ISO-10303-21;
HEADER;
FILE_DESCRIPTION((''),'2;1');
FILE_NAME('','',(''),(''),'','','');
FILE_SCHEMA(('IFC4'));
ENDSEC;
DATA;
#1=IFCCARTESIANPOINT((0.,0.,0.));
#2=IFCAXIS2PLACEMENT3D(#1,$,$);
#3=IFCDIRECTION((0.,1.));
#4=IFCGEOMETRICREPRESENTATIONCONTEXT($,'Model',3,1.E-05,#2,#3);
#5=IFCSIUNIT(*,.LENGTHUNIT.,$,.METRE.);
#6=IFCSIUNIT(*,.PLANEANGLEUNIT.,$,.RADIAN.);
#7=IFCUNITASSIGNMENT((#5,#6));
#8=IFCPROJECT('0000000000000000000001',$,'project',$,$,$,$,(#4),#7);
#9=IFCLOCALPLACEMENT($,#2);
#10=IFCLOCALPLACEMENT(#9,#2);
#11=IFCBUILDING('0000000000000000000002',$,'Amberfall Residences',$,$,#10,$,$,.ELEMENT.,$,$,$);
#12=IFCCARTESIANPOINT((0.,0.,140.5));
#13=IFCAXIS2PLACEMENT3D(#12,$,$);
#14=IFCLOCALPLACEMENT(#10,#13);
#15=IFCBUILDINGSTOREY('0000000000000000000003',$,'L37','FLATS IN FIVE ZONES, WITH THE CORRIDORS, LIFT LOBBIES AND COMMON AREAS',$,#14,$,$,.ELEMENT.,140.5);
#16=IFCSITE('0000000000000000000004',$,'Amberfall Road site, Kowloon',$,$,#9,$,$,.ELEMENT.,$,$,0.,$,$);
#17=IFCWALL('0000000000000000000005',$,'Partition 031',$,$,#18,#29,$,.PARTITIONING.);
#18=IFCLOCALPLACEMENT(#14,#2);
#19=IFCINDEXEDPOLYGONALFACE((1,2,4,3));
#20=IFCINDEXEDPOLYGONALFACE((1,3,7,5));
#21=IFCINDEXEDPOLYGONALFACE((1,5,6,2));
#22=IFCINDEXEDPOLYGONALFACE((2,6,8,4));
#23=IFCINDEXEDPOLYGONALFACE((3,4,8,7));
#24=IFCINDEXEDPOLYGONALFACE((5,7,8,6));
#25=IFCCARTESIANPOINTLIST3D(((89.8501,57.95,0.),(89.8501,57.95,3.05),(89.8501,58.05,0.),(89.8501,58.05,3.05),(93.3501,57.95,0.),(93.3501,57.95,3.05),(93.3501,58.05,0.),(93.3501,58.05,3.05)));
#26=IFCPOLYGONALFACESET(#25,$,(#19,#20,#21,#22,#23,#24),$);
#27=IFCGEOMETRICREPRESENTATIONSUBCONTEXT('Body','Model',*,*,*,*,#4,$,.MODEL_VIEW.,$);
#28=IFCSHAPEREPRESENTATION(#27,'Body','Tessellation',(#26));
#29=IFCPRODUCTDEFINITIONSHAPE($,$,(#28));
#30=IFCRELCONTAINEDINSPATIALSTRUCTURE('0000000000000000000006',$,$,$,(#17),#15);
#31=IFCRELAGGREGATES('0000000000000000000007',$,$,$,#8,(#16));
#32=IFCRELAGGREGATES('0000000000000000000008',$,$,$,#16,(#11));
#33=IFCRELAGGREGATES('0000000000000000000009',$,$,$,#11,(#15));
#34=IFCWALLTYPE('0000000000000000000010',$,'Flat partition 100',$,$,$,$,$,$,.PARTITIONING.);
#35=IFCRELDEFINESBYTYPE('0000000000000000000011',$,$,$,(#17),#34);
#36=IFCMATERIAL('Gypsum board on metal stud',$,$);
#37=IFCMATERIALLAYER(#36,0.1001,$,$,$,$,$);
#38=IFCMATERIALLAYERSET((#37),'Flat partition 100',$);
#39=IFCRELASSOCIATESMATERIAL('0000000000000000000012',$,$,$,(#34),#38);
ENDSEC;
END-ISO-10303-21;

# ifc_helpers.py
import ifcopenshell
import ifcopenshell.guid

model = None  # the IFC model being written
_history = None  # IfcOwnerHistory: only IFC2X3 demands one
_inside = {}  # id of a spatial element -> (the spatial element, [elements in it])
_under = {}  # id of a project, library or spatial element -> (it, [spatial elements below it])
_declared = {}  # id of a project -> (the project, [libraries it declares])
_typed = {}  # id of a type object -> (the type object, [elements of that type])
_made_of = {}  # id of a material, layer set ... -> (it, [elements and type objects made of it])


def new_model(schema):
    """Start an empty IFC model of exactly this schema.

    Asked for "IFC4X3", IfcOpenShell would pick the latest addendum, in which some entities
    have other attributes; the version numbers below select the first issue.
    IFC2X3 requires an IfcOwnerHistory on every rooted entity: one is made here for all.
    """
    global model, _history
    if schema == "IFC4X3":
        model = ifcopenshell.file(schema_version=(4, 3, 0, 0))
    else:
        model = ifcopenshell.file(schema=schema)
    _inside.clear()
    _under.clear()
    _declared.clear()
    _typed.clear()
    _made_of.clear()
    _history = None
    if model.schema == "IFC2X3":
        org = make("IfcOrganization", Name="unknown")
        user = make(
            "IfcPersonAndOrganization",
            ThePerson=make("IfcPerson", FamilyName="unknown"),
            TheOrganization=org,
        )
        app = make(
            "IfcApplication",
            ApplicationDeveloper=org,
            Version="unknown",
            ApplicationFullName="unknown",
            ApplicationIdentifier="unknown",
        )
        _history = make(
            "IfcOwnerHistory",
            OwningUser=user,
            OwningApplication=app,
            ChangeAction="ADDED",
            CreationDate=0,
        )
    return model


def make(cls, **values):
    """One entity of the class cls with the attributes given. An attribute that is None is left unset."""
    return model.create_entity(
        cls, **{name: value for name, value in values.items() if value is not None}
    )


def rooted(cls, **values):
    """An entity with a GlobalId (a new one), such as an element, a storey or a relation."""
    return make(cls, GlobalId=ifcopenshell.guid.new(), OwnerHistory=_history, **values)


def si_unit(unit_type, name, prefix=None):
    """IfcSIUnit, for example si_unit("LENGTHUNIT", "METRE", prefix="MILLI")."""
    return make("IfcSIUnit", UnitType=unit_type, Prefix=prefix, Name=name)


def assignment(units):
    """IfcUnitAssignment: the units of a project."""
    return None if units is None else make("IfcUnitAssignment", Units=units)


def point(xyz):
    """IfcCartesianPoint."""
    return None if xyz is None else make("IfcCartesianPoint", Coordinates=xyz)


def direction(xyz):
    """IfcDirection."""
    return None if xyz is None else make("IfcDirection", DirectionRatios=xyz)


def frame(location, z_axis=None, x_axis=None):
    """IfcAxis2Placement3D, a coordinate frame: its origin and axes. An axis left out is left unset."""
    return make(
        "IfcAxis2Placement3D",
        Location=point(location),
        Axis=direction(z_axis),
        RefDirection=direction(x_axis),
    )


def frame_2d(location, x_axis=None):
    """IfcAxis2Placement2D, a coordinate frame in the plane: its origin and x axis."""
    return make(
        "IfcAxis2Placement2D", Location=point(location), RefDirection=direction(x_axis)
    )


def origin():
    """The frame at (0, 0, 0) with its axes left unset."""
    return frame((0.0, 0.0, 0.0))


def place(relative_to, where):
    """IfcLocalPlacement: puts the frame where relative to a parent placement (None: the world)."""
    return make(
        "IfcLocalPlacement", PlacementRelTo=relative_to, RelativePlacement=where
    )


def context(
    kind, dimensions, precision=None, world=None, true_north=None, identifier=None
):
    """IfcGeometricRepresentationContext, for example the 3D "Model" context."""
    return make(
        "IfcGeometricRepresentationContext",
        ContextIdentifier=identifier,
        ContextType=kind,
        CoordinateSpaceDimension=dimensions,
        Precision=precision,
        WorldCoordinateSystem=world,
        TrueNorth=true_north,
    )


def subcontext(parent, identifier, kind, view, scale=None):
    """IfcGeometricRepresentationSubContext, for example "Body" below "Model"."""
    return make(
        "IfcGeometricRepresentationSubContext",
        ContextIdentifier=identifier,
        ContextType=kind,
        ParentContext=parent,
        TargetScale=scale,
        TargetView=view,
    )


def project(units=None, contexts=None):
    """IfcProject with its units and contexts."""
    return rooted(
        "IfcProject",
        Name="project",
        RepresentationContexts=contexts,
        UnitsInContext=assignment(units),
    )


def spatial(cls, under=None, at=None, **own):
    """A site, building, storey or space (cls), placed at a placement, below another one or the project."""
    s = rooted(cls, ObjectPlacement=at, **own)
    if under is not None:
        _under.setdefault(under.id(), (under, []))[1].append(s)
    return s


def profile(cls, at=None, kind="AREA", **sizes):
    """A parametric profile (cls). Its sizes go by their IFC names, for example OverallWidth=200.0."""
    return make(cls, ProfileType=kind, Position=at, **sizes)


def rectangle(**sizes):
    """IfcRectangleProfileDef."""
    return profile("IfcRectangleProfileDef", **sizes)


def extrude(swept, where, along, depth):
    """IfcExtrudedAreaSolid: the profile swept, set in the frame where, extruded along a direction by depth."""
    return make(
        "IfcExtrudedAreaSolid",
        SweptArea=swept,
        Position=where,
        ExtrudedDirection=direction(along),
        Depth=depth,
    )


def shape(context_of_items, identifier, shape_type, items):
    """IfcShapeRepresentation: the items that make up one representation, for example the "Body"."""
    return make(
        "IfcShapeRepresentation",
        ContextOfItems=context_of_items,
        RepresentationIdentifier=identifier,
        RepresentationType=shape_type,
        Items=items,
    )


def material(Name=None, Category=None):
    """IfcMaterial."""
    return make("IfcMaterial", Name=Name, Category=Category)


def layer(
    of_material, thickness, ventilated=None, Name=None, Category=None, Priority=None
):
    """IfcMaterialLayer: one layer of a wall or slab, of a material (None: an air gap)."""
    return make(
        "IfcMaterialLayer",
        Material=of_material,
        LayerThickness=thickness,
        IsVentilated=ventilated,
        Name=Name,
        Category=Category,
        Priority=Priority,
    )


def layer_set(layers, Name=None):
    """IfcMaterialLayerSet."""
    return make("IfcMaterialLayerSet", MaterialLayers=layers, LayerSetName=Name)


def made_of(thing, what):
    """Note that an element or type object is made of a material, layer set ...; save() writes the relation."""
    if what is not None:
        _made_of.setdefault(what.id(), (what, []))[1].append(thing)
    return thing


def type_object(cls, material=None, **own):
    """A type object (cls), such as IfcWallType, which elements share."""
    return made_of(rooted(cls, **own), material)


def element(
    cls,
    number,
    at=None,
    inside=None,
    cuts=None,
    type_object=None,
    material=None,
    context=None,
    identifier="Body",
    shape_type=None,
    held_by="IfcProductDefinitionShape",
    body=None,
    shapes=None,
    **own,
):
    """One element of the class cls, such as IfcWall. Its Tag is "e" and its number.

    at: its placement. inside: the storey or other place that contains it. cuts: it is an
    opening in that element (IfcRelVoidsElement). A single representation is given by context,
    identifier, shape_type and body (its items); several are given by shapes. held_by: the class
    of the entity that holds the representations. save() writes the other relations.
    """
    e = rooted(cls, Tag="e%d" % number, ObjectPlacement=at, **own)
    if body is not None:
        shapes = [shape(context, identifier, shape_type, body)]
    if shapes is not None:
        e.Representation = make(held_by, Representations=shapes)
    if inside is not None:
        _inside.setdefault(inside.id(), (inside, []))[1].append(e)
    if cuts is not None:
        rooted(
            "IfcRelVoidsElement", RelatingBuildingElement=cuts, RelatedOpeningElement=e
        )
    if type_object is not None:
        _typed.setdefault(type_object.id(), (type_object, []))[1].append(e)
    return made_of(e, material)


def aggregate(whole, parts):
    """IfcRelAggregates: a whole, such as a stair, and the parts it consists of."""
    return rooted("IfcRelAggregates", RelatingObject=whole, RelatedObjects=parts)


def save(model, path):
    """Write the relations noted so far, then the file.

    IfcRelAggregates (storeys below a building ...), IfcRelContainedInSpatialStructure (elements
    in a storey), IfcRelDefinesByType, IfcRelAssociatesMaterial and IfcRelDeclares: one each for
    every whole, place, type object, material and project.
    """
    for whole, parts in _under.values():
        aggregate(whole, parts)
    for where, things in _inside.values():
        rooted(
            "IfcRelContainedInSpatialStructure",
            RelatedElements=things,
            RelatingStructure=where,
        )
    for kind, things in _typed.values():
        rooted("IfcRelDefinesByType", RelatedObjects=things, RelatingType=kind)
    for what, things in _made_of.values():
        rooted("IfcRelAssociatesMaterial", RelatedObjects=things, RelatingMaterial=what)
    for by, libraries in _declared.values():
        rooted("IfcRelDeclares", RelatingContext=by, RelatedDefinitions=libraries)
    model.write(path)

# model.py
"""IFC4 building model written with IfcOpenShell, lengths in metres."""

from ifc_helpers import new_model, si_unit, direction, frame, frame_2d, origin, place, context, subcontext, project, spatial, rectangle, extrude, material, layer, layer_set, type_object, element, save


model = new_model("IFC4")

# Units and contexts
model_context = context("Model", 3, precision=1e-05, world=origin(), true_north=direction((0.0, 1.0)))
body_context = subcontext(model_context, "Body", "Model", "MODEL_VIEW")
ifc_project = project(units=[si_unit("LENGTHUNIT", "METRE"), si_unit("PLANEANGLEUNIT", "RADIAN")], contexts=[model_context])

# Site, building, storey
site_placement = place(None, origin())
site = spatial("IfcSite", under=ifc_project, at=site_placement, Name="Amberfall Road site, Kowloon", CompositionType="ELEMENT", RefElevation=0.0)
building_placement = place(site_placement, origin())
building = spatial("IfcBuilding", under=site, at=building_placement, Name="Amberfall Residences", CompositionType="ELEMENT")
storey_placement = place(building_placement, frame((0.0, 0.0, 140.5)))
storey = spatial("IfcBuildingStorey", under=building, at=storey_placement, Name="L37", Description="FLATS IN FIVE ZONES, WITH THE CORRIDORS, LIFT LOBBIES AND COMMON AREAS", CompositionType="ELEMENT", Elevation=140.5)

# Shared definitions
ifc_material_1 = material(Name="Gypsum board on metal stud")
ifc_layer_1 = layer(ifc_material_1, 0.1001)
ifc_layer_set_1 = layer_set([ifc_layer_1], Name="Flat partition 100")
wall_type_1 = type_object("IfcWallType", Name="Flat partition 100", PredefinedType="PARTITIONING", material=ifc_layer_set_1)

# Wall
wall_1_placement = place(storey_placement, frame((89.8501, 58.0, 0.0), z_axis=(0.0, 0.0, 1.0), x_axis=(1.0, 0.0, 0.0)))
element("IfcWall", 1, at=wall_1_placement, inside=storey, type_object=wall_type_1, Name="Partition 031", PredefinedType="PARTITIONING", context=body_context, shape_type="SweptSolid", body=[
    extrude(rectangle(XDim=3.5, YDim=0.1001, at=frame_2d((1.75, 0.0))), origin(), (0.0, 0.0, 1.0), 3.05),
])

save(model, "model.ifc")
